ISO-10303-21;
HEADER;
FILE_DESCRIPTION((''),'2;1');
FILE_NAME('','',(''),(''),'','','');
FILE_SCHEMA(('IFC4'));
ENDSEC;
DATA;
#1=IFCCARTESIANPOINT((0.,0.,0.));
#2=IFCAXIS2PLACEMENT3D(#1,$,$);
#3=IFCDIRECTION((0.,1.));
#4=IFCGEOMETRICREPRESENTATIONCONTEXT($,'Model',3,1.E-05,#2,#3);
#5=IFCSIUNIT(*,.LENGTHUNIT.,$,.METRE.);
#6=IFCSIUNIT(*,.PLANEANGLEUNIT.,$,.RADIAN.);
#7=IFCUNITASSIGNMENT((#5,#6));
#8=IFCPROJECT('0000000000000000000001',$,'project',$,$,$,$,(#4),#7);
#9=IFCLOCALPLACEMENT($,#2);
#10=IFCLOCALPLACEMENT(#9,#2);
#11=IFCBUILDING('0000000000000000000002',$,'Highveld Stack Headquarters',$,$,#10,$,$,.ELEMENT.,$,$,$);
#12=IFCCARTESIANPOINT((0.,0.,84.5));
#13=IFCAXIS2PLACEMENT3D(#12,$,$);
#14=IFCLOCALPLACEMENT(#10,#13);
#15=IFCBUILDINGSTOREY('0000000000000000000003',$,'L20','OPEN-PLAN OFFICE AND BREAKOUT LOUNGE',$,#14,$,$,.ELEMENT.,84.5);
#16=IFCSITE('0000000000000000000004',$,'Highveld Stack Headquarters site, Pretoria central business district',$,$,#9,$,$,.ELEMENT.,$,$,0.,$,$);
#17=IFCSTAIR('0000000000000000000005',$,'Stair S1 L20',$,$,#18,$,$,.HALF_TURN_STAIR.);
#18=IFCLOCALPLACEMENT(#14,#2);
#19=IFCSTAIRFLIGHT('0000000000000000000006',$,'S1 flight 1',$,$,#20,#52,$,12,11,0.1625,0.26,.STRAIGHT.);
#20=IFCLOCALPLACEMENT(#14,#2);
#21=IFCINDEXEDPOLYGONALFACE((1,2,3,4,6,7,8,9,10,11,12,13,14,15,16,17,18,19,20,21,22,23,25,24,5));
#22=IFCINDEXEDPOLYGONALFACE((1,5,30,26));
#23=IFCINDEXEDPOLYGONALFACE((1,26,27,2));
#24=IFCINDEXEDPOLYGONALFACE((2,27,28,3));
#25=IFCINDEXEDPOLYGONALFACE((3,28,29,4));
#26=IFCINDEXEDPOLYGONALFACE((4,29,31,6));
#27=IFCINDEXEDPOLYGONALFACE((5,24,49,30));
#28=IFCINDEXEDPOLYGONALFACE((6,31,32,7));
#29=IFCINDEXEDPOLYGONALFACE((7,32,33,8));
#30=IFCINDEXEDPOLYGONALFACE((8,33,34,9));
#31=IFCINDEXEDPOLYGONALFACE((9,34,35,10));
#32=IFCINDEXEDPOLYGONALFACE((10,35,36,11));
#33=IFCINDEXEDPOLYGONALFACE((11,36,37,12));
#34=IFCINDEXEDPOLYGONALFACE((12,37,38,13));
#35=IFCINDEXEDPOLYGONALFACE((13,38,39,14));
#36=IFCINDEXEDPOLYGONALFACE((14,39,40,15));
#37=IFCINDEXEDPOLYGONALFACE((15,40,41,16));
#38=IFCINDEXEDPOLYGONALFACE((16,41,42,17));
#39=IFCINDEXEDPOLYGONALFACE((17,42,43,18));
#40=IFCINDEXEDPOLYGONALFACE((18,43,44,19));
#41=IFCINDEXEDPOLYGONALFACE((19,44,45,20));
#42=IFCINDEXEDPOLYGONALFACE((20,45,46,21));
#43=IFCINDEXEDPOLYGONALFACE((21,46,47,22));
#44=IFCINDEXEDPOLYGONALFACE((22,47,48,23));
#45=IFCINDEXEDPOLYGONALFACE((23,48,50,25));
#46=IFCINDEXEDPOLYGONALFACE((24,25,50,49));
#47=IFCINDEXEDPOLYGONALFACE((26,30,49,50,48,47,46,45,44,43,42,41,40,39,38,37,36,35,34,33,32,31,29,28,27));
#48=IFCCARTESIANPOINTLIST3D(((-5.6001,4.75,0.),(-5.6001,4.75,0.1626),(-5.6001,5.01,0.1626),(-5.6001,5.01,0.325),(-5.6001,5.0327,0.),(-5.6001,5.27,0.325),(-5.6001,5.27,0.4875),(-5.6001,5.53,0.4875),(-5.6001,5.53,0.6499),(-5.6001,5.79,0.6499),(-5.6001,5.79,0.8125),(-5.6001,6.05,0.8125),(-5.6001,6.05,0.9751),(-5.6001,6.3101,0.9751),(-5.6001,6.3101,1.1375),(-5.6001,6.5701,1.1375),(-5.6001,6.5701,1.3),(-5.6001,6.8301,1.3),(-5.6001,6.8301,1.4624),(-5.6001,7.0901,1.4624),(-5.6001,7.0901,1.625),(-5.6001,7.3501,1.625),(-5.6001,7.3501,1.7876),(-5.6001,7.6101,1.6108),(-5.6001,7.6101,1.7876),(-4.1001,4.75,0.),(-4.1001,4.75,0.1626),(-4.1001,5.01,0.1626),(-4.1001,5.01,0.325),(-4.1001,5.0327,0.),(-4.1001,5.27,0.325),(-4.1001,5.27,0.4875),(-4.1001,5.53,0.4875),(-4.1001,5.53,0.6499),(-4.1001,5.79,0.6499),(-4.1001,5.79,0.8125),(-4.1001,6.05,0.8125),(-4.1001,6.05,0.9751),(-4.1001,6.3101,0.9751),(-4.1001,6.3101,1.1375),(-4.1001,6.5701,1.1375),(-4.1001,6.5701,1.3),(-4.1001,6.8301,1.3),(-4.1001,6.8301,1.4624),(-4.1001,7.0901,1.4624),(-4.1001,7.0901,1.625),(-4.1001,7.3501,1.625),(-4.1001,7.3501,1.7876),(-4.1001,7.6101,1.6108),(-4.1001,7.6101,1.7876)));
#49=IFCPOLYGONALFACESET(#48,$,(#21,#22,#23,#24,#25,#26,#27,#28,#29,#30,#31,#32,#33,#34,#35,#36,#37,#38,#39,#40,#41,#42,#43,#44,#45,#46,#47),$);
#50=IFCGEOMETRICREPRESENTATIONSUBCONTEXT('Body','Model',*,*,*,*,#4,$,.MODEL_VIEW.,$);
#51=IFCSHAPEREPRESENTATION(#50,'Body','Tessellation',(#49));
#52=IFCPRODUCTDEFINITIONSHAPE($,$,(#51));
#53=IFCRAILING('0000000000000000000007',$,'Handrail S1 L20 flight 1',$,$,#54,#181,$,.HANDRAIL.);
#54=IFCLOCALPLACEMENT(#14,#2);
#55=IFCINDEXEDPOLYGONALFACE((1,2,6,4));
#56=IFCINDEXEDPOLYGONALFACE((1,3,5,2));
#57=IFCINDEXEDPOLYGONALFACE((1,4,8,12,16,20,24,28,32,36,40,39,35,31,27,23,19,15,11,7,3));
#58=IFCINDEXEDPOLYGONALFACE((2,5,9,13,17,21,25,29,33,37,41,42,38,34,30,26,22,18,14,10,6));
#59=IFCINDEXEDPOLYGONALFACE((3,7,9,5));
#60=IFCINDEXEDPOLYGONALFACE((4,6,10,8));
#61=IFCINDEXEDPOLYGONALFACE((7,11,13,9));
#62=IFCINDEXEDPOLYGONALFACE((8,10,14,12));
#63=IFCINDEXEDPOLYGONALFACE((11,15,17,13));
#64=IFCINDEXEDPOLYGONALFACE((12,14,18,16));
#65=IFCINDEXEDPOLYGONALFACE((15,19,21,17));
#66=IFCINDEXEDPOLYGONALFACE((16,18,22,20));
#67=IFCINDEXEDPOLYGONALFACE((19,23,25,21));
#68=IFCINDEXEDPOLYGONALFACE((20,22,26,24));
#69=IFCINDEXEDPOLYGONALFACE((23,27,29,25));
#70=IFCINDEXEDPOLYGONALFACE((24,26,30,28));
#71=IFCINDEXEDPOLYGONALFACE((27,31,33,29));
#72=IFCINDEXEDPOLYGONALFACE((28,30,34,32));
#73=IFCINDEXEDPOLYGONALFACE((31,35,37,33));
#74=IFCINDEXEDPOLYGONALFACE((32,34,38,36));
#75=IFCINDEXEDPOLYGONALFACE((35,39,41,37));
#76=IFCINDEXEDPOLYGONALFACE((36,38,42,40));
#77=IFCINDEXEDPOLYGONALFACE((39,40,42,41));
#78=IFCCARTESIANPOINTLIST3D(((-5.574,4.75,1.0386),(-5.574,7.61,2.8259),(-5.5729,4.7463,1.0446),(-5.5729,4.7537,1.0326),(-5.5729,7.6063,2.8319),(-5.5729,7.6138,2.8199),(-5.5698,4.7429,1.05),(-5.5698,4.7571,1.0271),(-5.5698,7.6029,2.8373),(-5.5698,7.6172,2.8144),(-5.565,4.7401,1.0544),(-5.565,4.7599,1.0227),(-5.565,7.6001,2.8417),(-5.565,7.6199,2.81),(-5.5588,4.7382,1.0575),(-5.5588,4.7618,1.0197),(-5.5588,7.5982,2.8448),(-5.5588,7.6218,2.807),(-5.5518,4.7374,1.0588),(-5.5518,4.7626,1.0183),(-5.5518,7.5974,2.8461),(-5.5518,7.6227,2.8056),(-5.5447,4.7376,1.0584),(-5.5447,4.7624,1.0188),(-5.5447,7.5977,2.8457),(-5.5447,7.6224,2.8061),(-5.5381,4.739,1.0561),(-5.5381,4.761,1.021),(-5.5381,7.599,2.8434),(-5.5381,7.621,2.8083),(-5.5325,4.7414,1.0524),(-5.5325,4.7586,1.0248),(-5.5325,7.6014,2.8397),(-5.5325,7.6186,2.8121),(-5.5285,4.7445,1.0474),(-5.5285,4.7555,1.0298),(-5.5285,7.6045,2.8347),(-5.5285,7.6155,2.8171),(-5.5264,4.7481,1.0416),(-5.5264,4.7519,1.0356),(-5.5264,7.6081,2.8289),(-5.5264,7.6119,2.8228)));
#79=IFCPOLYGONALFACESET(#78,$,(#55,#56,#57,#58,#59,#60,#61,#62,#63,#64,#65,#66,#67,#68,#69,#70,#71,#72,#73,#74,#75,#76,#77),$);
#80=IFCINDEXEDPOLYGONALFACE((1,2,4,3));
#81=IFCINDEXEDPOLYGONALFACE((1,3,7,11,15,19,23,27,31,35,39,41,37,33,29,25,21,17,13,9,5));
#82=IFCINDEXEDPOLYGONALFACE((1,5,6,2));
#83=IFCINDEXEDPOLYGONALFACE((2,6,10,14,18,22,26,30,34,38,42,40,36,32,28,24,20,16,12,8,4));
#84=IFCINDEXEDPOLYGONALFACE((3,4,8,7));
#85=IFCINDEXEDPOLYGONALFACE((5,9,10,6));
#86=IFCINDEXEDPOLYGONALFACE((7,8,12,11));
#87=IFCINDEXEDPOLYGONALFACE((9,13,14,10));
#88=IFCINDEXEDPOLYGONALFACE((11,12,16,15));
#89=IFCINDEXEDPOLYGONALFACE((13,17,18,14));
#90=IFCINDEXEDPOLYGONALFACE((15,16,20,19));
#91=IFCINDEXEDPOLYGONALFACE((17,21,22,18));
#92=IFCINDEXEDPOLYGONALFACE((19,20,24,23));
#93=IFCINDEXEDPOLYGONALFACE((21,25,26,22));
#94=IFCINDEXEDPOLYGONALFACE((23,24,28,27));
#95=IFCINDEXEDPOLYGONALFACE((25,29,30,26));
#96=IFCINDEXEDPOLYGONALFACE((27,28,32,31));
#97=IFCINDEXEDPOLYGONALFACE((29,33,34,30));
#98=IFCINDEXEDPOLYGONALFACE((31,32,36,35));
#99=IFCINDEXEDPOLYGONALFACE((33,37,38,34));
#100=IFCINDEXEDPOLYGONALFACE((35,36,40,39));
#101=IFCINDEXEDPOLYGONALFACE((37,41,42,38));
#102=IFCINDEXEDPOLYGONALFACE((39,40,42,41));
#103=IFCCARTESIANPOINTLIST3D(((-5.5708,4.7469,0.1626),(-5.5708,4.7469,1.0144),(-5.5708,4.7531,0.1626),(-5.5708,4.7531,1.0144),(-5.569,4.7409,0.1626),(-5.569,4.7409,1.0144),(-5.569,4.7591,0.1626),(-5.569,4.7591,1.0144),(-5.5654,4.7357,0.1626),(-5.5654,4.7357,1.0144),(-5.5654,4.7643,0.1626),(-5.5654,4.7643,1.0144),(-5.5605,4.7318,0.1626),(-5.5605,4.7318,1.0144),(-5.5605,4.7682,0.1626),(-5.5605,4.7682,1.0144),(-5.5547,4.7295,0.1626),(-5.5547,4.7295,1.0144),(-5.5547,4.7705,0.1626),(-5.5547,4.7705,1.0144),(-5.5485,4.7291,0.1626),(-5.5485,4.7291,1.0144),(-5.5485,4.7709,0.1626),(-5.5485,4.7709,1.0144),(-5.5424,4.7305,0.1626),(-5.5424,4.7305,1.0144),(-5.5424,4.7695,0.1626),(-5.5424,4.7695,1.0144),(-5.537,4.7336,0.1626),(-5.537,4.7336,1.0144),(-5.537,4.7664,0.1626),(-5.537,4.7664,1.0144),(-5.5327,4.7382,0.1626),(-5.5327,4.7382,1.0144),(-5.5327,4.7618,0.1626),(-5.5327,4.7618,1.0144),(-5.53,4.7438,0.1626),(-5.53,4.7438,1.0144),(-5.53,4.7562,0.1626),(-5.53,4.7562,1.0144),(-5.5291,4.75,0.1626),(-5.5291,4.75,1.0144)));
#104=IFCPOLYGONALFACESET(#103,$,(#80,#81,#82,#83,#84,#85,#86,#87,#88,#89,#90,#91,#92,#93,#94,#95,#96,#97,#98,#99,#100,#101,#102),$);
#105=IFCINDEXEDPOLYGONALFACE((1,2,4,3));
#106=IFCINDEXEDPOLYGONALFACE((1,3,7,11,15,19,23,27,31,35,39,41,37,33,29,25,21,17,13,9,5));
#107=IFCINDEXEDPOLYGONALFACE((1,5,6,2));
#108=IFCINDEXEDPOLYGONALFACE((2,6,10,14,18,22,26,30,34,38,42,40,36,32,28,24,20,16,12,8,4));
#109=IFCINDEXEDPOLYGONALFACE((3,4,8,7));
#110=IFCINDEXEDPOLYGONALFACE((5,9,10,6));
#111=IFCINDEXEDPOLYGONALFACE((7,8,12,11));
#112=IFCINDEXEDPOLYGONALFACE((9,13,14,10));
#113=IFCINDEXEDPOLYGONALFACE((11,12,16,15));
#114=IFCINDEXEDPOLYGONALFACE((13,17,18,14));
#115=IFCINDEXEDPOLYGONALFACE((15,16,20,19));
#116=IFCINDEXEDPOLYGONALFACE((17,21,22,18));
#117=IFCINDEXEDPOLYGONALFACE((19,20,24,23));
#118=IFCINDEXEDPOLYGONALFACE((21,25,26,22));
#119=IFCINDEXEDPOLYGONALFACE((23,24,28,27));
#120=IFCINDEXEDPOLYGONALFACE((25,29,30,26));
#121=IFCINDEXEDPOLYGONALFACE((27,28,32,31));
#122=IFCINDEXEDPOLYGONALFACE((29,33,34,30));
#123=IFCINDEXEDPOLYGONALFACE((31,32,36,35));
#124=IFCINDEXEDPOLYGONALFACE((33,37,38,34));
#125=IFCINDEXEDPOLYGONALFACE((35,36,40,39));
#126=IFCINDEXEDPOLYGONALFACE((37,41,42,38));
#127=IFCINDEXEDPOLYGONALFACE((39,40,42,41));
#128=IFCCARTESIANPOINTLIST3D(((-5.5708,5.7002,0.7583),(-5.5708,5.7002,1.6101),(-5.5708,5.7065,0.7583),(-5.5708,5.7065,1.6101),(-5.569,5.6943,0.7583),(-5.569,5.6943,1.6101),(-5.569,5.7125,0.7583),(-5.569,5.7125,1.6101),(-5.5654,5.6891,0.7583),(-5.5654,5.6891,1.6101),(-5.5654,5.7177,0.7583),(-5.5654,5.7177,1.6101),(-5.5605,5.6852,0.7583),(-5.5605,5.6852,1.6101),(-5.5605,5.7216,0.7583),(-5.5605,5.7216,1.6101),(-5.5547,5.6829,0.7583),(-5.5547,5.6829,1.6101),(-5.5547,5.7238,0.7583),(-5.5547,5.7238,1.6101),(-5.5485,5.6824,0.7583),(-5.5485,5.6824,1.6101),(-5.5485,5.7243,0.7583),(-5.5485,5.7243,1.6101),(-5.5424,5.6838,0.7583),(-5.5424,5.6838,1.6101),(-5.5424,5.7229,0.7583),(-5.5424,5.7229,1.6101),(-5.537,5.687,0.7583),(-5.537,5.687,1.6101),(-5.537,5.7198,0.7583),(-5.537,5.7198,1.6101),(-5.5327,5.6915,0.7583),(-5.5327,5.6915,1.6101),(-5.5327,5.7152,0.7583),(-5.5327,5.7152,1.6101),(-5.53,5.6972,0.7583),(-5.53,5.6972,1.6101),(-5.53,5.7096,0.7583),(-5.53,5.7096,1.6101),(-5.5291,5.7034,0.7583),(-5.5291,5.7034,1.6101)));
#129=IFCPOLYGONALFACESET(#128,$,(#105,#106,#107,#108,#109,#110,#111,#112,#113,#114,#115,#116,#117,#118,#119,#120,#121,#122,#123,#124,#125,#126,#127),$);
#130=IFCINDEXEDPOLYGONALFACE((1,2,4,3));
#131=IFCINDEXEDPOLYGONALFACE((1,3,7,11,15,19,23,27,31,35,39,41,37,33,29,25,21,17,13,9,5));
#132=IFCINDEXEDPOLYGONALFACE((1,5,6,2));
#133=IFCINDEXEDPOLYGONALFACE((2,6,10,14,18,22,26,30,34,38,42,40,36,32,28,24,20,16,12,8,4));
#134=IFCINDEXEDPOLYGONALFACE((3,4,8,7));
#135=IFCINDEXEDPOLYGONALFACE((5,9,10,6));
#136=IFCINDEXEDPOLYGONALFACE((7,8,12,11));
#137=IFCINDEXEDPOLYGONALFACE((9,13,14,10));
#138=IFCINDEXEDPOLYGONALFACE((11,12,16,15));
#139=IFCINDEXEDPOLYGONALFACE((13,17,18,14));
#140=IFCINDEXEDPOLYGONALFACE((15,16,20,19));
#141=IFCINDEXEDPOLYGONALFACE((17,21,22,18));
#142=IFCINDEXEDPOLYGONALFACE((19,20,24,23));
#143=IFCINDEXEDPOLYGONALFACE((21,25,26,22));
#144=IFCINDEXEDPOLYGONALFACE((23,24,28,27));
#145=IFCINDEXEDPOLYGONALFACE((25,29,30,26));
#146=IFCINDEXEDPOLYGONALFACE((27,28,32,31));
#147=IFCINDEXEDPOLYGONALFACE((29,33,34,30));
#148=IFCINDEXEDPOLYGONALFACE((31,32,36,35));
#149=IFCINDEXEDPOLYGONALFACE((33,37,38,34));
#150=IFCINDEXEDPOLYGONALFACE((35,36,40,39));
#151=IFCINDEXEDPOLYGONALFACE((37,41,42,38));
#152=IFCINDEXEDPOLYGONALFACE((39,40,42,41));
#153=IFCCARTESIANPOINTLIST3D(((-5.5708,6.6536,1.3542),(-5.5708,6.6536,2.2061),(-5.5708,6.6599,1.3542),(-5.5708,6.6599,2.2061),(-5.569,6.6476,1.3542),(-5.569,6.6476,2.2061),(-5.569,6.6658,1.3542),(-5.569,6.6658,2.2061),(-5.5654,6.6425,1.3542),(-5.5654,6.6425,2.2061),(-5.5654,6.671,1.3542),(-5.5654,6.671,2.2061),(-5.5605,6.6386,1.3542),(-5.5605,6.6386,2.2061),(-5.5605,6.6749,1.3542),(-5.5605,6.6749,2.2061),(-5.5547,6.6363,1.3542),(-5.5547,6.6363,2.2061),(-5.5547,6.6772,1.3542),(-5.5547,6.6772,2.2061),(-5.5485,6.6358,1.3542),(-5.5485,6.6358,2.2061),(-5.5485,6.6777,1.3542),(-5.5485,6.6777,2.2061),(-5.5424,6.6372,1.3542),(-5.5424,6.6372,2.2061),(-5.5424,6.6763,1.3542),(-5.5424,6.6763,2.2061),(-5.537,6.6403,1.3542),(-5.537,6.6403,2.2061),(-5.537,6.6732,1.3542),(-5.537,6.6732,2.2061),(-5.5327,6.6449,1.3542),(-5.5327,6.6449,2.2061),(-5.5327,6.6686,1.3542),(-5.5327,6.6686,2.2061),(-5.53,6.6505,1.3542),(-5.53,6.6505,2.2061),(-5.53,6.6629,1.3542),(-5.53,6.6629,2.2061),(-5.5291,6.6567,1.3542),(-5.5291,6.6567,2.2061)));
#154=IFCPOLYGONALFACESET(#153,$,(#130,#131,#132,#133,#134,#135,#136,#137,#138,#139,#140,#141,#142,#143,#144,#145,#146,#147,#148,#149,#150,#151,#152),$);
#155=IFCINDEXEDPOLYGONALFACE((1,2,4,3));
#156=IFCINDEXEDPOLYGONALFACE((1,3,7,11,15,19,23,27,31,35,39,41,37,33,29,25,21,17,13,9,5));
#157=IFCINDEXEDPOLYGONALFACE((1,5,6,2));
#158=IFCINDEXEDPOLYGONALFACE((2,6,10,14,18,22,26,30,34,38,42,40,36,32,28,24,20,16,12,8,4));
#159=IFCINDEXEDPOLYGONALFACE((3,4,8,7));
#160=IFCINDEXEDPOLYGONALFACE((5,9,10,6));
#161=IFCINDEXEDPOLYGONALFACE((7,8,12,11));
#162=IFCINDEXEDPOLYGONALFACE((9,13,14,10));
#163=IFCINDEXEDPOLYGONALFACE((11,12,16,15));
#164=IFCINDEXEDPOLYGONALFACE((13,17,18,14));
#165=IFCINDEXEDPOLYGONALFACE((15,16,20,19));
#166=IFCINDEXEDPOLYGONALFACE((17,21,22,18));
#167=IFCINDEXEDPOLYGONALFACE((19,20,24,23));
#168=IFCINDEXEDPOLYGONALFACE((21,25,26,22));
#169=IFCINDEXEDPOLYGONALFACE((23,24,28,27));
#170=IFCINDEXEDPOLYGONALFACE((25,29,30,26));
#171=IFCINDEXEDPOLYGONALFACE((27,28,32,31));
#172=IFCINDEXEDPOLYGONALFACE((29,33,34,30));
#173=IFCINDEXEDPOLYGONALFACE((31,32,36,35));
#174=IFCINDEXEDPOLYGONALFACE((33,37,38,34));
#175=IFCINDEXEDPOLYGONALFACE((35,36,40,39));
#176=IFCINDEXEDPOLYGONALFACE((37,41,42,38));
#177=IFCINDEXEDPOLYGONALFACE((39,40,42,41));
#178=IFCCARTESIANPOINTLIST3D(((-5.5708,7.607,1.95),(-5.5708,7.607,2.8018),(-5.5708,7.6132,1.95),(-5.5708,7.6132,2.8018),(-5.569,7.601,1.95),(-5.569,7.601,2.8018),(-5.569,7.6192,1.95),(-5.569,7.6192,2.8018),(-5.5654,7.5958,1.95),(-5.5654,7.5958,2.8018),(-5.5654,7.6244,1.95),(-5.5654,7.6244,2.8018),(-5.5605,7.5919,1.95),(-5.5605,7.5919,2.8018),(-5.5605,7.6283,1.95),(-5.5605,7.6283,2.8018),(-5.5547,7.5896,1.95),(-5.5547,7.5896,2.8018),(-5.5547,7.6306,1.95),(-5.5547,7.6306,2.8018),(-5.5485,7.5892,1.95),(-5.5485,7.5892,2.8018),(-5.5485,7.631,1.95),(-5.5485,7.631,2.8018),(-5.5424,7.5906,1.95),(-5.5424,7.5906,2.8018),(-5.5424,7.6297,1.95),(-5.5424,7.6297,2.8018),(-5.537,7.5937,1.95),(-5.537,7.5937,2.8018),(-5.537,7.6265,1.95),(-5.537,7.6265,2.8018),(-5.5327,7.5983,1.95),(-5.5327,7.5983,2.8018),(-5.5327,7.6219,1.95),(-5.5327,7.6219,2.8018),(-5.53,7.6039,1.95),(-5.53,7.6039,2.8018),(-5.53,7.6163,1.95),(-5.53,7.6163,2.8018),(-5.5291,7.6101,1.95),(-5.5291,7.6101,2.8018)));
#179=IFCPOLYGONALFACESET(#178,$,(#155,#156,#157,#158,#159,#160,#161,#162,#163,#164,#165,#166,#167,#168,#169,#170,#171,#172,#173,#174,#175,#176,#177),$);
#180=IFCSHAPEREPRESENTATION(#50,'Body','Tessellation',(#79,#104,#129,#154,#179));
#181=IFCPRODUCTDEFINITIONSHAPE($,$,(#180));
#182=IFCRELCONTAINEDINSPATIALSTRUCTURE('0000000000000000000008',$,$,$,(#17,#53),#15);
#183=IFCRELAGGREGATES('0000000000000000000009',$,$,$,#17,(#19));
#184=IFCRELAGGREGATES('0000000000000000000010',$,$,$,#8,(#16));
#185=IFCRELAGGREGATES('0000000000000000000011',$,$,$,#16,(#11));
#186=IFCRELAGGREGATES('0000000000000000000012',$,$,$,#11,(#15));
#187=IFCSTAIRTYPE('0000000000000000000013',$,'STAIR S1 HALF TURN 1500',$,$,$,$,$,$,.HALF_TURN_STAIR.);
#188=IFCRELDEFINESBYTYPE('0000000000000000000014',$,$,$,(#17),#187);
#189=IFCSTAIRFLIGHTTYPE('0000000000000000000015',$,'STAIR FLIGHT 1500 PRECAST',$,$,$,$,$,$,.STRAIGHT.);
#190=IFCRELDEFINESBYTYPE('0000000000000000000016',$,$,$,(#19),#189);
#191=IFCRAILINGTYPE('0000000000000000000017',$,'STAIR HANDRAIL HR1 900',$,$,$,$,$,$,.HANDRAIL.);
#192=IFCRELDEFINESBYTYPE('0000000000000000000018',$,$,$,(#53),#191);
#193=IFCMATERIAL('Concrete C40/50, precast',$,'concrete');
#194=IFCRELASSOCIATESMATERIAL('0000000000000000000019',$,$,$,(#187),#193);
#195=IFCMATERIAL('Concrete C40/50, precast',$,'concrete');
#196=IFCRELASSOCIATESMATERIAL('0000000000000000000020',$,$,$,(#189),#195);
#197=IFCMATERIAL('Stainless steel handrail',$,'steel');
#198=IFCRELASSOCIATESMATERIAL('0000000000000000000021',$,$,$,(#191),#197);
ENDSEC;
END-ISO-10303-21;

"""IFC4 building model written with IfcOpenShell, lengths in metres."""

from ifc_helpers import new_model, si_unit, direction, frame, origin, origin_2d, place, context, subcontext, project, spatial, polyline, circle, outline, extrude, material, type_object, element, aggregate, save


model = new_model("IFC4")

# Units and contexts
model_context = context("Model", 3, precision=1e-05, world=origin(), true_north=direction((0.0, 1.0)))
body_context = subcontext(model_context, "Body", "Model", "MODEL_VIEW")
ifc_project = project(units=[si_unit("LENGTHUNIT", "METRE"), si_unit("PLANEANGLEUNIT", "RADIAN")], contexts=[model_context])

# Site, building, storey
site_placement = place(None, origin())
site = spatial("IfcSite", under=ifc_project, at=site_placement, Name="Highveld Stack Headquarters site, Pretoria central business district", CompositionType="ELEMENT", RefElevation=0.0)
building_placement = place(site_placement, origin())
building = spatial("IfcBuilding", under=site, at=building_placement, Name="Highveld Stack Headquarters", CompositionType="ELEMENT")
storey_placement = place(building_placement, frame((0.0, 0.0, 84.5)))
storey = spatial("IfcBuildingStorey", under=building, at=storey_placement, Name="L20", Description="OPEN-PLAN OFFICE AND BREAKOUT LOUNGE", CompositionType="ELEMENT", Elevation=84.5)

# Stair
ifc_material_1 = material(Name="Concrete C40/50, precast", Category="concrete")
stair_type_1 = type_object("IfcStairType", Name="STAIR S1 HALF TURN 1500", PredefinedType="HALF_TURN_STAIR", material=ifc_material_1)
stair_1_placement = place(storey_placement, origin())
stair_1 = element("IfcStair", 1, at=stair_1_placement, inside=storey, type_object=stair_type_1, Name="Stair S1 L20", PredefinedType="HALF_TURN_STAIR")

# Stair flight
ifc_material_2 = material(Name="Concrete C40/50, precast", Category="concrete")
stair_flight_type = type_object("IfcStairFlightType", Name="STAIR FLIGHT 1500 PRECAST", PredefinedType="STRAIGHT", material=ifc_material_2)
stair_flight_placement = place(storey_placement, frame((-4.8501, 4.75, 0.0), z_axis=(0.0, 0.0, 1.0), x_axis=(0.0, 1.0, 0.0)))
stair_flight = element("IfcStairFlight", 2, at=stair_flight_placement, type_object=stair_flight_type, Name="S1 flight 1", NumberOfRisers=12, NumberOfTreads=11, PredefinedType="STRAIGHT", RiserHeight=0.1625, TreadLength=0.26, context=body_context, shape_type="SweptSolid", body=[
    extrude(outline(polyline([(0.0, 0.0), (0.0, 0.1626), (0.26, 0.1626), (0.26, 0.325), (0.52, 0.325), (0.52, 0.4875), (0.78, 0.4875), (0.78, 0.6499), (1.04, 0.6499), (1.04, 0.8125), (1.3, 0.8125), (1.3, 0.9751), (1.5601, 0.9751), (1.5601, 1.1375), (1.8201, 1.1375), (1.8201, 1.3), (2.0801, 1.3), (2.0801, 1.4624), (2.3401, 1.4624), (2.3401, 1.625), (2.6001, 1.625), (2.6001, 1.7876), (2.8601, 1.7876), (2.8601, 1.95), (2.8601, 1.6108), (0.2827, 0.0), (0.0, 0.0)])), frame((0.0, 0.75, 0.0), z_axis=(0.0, -1.0, 0.0), x_axis=(1.0, 0.0, 0.0)), (0.0, 0.0, 1.0), 1.5),
])
aggregate(stair_1, [stair_flight])

# Railing
ifc_material_3 = material(Name="Stainless steel handrail", Category="steel")
railing_type = type_object("IfcRailingType", Name="STAIR HANDRAIL HR1 900", PredefinedType="HANDRAIL", material=ifc_material_3)
for number, where, name in (
    (3, (-5.55, 4.75, 0.1626), "Handrail S1 L20 flight 1"),
):
    element("IfcRailing", number, at=place(storey_placement, frame(where)), inside=storey, type_object=railing_type, Name=name, PredefinedType="HANDRAIL", context=body_context, shape_type="SweptSolid", body=[
        extrude(circle(Radius=0.0239, at=origin_2d()), frame((0.0, 0.0, 0.876), z_axis=(0.0, 0.848027, 0.529953), x_axis=(-1.0, 0.0, 0.0)), (0.0, 0.0, 1.0), 3.3726),
        extrude(circle(Radius=0.021, at=origin_2d()), origin(), (0.0, 0.0, 1.0), 0.8518),
        extrude(circle(Radius=0.021, at=origin_2d()), frame((0.0, 0.9534, 0.5957)), (0.0, 0.0, 1.0), 0.8518),
        extrude(circle(Radius=0.021, at=origin_2d()), frame((0.0, 1.9067, 1.1917)), (0.0, 0.0, 1.0), 0.8518),
        extrude(circle(Radius=0.021, at=origin_2d()), frame((0.0, 2.8601, 1.7874)), (0.0, 0.0, 1.0), 0.8518),
    ])

save(model, "model.ifc")
